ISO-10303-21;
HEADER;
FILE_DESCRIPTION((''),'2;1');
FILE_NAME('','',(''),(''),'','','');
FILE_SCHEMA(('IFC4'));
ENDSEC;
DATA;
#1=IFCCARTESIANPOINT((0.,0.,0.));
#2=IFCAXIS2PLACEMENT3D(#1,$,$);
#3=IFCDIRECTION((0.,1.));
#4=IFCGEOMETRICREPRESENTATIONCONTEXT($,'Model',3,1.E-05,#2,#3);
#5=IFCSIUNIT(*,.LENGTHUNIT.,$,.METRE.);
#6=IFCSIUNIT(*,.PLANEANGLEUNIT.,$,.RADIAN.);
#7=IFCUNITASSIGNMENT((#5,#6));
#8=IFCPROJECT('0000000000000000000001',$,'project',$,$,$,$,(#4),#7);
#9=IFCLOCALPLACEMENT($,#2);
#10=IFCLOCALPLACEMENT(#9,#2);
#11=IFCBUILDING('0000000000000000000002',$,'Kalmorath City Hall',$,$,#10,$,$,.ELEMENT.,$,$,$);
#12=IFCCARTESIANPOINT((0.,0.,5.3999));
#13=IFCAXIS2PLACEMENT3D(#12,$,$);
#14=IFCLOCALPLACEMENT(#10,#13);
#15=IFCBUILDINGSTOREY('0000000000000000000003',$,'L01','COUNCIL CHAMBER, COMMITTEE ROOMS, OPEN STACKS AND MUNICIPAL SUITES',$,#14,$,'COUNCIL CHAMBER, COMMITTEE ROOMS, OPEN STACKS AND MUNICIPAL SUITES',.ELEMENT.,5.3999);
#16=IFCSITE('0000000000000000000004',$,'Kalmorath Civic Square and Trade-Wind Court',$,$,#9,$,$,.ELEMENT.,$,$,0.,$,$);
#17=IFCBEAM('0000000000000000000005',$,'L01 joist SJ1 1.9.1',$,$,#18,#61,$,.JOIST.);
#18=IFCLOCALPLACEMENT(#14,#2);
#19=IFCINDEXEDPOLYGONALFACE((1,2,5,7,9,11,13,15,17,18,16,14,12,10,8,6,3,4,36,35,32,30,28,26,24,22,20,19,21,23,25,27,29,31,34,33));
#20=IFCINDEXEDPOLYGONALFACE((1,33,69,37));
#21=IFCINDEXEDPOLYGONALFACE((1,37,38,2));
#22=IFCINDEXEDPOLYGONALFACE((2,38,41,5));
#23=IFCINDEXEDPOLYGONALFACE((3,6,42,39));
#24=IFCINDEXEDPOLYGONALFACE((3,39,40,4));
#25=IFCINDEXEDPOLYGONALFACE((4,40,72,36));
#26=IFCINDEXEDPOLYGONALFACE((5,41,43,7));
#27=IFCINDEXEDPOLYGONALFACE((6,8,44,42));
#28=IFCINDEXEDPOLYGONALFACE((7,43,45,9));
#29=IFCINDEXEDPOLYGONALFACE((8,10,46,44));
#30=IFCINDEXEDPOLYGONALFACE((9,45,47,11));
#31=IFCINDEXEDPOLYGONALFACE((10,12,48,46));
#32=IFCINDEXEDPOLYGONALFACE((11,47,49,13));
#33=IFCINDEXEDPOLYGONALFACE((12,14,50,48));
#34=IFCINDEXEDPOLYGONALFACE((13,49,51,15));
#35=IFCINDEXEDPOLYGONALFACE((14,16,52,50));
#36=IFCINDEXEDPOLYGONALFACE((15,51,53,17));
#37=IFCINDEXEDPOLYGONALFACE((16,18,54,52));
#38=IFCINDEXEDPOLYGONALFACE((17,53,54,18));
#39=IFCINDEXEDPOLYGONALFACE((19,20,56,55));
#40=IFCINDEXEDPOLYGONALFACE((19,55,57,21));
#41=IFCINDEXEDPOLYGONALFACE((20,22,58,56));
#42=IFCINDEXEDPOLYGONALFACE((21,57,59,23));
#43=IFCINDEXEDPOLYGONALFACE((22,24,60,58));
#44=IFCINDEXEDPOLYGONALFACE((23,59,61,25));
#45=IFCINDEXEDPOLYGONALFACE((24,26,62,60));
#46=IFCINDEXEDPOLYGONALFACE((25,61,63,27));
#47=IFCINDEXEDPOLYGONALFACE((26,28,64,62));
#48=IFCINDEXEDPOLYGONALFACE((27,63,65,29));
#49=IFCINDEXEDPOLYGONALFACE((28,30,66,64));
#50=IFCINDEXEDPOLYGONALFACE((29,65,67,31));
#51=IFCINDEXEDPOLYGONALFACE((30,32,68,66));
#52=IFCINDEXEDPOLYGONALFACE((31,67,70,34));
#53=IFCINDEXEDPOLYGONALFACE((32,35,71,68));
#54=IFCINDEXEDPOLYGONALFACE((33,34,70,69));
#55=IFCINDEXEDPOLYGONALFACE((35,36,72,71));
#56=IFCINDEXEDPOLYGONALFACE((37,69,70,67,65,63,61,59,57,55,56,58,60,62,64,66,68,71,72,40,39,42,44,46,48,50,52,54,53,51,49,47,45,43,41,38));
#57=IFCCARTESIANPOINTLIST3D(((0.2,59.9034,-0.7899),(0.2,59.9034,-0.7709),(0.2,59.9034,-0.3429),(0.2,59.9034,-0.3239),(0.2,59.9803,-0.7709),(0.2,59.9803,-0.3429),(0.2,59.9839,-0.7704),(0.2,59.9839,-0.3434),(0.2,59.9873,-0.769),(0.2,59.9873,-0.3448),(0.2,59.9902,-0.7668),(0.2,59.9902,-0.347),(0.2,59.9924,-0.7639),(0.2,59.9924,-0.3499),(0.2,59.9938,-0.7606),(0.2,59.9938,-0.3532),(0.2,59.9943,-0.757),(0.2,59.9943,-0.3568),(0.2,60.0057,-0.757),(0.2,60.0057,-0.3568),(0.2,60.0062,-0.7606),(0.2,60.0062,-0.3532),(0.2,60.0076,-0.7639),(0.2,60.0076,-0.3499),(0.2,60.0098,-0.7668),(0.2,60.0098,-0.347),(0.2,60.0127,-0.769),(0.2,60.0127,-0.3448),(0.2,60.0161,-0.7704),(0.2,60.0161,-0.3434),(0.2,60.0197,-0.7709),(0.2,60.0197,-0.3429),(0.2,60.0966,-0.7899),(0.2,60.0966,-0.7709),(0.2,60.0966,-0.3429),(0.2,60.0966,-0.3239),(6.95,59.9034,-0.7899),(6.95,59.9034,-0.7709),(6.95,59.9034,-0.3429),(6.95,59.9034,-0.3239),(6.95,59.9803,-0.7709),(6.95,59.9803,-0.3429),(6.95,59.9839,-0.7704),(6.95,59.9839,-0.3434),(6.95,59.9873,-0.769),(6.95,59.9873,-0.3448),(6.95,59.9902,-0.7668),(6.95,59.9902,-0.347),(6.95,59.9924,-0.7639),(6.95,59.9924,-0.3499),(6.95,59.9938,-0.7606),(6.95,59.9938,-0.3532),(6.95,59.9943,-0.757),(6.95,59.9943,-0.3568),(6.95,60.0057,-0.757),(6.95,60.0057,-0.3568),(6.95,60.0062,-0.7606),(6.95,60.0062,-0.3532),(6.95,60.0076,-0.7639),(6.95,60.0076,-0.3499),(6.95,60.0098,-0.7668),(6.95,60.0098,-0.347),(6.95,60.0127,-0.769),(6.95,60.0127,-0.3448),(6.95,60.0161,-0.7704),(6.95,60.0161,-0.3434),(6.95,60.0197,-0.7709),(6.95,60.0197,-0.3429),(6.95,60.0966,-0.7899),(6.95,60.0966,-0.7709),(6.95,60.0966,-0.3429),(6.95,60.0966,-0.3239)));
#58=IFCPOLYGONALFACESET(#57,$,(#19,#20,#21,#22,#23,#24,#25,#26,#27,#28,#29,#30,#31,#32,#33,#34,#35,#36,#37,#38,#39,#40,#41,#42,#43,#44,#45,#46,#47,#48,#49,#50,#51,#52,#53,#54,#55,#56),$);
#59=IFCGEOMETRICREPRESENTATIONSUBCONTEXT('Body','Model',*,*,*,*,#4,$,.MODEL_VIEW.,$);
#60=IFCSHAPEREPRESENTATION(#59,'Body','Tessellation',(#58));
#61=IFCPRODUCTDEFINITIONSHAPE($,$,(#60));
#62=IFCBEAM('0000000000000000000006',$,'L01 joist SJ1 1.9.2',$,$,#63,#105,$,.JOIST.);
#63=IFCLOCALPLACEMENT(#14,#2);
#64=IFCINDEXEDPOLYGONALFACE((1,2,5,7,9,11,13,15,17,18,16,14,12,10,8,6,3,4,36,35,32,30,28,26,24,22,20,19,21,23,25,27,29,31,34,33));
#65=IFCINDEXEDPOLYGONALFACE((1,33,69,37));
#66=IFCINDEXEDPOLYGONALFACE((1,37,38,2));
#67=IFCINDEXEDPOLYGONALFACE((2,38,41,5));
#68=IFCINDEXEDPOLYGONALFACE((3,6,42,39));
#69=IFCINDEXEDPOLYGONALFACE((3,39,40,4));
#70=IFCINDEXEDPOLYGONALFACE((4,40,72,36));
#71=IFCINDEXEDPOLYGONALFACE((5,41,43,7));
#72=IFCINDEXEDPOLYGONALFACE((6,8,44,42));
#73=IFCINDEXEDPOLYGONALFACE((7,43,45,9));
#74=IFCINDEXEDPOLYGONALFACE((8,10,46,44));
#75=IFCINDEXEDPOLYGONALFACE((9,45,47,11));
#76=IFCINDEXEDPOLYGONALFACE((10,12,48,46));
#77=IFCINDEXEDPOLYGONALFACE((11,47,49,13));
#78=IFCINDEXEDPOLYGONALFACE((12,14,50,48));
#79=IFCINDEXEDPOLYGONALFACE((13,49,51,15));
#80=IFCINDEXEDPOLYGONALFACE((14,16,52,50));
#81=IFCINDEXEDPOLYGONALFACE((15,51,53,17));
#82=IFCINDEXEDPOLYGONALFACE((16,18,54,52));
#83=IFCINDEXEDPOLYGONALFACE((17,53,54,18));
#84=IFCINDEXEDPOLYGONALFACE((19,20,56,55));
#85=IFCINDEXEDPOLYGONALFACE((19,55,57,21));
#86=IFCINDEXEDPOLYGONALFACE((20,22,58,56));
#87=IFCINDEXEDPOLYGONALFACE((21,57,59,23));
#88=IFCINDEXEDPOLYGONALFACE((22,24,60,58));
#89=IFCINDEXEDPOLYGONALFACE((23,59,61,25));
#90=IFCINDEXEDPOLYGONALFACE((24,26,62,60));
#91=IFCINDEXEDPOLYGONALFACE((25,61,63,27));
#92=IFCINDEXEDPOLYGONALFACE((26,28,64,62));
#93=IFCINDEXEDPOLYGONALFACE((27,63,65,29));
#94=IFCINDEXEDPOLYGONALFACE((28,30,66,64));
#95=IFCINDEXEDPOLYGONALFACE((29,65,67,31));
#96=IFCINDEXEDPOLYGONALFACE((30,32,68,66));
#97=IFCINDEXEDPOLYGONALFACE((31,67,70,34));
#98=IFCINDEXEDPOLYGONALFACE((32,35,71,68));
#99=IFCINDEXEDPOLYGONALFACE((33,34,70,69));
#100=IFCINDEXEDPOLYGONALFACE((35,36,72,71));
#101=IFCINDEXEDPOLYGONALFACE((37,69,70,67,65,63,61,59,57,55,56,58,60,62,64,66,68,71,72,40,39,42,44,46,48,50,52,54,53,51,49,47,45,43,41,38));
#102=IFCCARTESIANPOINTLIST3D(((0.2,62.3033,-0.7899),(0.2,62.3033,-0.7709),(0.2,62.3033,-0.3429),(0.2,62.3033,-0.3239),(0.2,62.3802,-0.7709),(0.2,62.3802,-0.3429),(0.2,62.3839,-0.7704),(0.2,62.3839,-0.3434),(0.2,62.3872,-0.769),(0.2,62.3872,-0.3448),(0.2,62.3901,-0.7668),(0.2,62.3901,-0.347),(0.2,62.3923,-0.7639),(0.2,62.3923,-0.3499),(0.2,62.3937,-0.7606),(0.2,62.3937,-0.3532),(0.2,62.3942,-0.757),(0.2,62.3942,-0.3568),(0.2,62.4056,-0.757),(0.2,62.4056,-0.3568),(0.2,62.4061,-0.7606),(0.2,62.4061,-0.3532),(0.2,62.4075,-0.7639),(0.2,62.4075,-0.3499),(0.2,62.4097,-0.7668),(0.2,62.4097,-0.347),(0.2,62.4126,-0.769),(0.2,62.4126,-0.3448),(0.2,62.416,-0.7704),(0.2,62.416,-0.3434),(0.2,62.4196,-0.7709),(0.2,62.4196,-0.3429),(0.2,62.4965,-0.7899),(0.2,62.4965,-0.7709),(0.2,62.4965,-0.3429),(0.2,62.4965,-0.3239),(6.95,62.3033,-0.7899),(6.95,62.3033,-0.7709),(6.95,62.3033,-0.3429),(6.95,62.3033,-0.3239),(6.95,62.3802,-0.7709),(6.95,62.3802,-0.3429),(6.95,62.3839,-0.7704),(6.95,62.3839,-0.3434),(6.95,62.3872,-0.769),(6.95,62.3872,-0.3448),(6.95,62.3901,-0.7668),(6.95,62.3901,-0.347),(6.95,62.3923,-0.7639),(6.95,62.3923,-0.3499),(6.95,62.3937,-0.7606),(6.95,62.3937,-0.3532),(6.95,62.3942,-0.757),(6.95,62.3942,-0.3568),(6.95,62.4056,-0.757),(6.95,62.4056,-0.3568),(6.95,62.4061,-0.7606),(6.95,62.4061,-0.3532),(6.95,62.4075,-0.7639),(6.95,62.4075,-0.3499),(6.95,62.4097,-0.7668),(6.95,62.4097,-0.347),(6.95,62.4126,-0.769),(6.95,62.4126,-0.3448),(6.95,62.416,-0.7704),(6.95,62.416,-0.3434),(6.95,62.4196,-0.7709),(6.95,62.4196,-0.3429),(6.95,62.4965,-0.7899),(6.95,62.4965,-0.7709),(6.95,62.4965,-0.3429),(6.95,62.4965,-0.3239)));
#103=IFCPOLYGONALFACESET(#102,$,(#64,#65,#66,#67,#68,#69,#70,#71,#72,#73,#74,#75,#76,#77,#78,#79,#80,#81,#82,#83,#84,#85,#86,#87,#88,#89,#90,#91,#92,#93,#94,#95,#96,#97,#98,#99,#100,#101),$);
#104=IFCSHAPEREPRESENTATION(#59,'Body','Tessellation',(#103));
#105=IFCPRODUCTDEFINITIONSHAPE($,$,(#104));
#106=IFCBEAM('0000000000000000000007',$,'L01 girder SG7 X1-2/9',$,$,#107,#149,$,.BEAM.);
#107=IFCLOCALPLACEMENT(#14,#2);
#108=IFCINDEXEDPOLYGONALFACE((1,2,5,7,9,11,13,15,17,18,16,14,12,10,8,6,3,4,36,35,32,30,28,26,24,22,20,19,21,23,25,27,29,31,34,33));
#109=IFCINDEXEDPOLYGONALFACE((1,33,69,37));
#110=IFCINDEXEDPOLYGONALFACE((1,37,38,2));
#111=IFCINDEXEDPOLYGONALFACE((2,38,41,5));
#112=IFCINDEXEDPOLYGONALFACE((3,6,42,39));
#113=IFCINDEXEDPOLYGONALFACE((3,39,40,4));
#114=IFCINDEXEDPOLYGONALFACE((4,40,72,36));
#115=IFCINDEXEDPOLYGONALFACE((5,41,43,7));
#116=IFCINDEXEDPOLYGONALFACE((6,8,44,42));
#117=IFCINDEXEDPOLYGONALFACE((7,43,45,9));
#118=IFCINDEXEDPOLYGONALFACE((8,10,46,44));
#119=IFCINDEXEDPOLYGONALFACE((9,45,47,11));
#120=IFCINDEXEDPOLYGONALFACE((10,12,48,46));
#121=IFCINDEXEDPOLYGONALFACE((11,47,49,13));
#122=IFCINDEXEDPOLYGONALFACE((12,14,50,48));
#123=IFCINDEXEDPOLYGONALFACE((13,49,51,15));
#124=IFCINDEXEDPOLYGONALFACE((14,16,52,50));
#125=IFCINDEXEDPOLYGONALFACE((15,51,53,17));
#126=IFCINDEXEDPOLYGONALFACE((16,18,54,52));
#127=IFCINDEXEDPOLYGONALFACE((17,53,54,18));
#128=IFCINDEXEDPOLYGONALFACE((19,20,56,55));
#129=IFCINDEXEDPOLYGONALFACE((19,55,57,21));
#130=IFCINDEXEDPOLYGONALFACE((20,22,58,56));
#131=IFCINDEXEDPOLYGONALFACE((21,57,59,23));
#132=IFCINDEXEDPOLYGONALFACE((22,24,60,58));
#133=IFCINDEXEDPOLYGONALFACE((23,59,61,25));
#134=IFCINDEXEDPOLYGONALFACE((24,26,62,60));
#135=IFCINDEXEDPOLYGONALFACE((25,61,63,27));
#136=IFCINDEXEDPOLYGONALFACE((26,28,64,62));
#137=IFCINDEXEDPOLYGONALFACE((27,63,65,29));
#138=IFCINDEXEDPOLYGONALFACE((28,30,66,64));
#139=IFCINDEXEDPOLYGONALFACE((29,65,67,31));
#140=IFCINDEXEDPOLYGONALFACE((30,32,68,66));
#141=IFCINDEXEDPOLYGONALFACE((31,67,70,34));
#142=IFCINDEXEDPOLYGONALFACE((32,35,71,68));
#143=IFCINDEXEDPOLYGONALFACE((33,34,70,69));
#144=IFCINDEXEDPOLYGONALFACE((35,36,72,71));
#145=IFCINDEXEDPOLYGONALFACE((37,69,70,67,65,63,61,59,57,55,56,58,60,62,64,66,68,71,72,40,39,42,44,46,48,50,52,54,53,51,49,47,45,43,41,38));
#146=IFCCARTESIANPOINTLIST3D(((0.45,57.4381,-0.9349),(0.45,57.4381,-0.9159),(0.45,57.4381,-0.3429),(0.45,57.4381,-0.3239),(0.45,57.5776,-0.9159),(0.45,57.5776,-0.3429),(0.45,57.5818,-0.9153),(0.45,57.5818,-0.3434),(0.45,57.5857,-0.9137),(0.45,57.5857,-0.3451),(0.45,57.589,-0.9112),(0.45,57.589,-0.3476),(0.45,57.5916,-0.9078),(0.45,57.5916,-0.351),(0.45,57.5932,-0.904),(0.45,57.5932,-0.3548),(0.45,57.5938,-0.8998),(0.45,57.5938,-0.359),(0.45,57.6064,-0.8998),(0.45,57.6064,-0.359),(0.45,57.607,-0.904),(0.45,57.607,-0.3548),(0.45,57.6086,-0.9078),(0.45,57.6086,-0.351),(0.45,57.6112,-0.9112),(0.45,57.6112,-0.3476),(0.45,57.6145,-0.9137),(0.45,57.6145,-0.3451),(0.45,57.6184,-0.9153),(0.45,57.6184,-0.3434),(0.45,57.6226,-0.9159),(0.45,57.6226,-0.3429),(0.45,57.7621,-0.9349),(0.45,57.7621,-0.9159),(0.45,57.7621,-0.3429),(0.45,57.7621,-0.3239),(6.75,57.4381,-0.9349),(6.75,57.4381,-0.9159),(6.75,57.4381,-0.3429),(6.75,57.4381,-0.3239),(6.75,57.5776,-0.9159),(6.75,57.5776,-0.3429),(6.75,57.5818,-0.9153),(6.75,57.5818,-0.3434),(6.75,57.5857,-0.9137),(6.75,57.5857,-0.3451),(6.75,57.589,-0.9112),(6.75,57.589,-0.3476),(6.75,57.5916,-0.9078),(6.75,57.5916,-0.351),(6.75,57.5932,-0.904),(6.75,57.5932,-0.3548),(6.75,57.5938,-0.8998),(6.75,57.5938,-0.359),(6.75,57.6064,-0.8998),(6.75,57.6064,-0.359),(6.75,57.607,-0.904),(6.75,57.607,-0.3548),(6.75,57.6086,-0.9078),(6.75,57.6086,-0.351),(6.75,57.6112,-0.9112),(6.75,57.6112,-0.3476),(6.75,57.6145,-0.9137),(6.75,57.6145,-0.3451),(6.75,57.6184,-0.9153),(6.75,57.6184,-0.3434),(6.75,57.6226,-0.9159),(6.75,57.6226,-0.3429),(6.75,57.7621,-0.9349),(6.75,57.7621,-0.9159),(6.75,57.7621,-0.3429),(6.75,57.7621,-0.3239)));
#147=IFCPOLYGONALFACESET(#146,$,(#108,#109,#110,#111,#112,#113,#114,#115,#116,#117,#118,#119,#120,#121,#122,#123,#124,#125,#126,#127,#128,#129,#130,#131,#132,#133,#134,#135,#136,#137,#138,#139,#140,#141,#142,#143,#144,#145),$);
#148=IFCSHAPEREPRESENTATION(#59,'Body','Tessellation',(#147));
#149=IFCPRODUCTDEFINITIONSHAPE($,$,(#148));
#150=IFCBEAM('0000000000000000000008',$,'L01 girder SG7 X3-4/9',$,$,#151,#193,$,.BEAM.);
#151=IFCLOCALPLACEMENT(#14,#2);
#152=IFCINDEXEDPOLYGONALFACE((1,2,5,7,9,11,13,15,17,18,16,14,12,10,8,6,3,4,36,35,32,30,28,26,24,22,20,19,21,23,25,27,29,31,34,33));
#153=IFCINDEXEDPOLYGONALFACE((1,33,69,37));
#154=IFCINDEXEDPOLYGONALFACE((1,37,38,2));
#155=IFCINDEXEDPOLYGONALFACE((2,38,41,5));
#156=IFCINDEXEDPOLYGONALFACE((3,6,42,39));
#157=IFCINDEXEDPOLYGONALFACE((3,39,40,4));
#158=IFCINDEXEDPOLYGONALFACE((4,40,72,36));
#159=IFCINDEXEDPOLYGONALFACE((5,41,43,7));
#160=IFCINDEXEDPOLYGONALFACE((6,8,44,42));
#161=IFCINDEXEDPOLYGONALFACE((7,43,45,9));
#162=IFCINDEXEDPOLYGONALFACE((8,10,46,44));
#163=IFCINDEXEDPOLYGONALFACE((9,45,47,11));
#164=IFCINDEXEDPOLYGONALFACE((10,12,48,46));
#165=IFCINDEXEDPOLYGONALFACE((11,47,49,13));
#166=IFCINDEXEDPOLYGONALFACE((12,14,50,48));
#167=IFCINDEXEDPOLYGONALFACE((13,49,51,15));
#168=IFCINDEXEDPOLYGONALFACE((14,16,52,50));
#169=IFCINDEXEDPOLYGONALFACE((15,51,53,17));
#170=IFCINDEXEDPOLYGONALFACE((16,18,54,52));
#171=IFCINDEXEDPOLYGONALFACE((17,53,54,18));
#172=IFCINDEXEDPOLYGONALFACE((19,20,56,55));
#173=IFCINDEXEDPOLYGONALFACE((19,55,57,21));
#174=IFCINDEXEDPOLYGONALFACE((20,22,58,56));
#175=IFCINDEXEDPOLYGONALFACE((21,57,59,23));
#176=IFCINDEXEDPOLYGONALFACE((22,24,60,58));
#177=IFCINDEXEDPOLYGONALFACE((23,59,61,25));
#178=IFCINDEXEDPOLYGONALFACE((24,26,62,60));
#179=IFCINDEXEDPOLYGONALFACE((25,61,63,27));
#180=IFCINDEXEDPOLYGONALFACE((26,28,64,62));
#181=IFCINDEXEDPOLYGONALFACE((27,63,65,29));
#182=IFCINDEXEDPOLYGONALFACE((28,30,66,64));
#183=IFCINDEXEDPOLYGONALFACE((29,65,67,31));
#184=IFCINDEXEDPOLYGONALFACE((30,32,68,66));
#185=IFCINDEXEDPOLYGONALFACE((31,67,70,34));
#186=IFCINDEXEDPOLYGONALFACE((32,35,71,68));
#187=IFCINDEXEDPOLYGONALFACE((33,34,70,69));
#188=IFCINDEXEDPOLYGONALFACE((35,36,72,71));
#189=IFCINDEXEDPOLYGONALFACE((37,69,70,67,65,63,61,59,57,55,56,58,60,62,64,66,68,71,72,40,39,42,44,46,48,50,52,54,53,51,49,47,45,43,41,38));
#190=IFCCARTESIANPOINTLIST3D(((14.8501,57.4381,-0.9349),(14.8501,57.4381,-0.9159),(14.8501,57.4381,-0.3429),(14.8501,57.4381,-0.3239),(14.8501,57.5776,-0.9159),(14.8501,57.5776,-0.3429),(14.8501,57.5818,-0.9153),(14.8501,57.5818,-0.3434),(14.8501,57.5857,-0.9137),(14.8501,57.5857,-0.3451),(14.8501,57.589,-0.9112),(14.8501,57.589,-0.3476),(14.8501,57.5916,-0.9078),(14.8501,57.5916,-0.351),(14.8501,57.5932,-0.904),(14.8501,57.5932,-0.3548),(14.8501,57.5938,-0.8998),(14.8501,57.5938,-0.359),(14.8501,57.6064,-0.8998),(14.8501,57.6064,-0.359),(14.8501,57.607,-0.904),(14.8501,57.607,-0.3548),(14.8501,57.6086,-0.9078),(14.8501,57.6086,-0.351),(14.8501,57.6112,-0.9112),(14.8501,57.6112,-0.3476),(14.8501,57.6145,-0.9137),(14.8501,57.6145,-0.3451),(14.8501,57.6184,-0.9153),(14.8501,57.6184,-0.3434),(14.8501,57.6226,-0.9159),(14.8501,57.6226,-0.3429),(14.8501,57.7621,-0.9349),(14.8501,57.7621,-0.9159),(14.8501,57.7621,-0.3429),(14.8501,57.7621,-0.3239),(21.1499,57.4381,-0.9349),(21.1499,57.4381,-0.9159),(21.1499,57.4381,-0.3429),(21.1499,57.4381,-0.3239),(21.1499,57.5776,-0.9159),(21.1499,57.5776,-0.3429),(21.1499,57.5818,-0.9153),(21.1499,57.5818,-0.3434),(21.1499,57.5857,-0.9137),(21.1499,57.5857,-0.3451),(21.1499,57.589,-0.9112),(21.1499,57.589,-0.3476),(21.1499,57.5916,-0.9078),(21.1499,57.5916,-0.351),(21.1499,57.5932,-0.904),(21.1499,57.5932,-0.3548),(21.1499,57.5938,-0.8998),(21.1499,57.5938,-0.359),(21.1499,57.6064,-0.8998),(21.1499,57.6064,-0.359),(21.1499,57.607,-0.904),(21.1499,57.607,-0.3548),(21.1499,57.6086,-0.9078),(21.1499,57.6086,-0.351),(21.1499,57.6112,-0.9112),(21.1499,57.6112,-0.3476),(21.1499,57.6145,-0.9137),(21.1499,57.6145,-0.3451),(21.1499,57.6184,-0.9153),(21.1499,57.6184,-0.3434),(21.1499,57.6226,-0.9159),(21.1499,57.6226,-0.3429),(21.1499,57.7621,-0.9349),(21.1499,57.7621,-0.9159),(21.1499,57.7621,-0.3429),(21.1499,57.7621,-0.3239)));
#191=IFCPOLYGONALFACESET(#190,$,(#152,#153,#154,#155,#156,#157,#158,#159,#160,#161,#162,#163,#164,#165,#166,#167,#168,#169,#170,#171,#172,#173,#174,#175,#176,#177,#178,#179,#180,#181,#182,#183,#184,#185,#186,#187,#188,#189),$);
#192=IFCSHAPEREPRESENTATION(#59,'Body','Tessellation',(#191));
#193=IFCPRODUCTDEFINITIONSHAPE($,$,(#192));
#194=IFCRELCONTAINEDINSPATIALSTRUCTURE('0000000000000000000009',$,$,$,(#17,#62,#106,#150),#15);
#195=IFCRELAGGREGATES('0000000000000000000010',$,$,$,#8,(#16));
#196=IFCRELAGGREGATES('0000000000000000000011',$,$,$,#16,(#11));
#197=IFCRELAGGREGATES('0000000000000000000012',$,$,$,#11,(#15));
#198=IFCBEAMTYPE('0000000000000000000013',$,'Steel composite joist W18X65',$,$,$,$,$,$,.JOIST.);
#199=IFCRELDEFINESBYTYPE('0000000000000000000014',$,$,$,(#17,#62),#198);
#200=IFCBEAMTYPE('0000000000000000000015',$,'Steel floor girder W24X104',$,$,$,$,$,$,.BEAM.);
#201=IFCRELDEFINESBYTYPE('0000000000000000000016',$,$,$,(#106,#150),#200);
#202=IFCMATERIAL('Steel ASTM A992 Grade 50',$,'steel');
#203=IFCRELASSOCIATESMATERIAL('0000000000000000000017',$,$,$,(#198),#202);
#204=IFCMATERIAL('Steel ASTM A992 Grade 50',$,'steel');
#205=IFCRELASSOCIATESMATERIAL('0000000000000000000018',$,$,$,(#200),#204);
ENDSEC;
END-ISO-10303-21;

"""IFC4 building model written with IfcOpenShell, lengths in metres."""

from ifc_helpers import new_model, si_unit, direction, frame, origin, origin_2d, place, context, subcontext, project, spatial, i_section, extrude, material, material_profile, profile_set, type_object, element, save


model = new_model("IFC4")

# Units and contexts
model_context = context("Model", 3, precision=1e-05, world=origin(), true_north=direction((0.0, 1.0)))
body_context = subcontext(model_context, "Body", "Model", "MODEL_VIEW")
ifc_project = project(units=[si_unit("LENGTHUNIT", "METRE"), si_unit("PLANEANGLEUNIT", "RADIAN")], contexts=[model_context])

# Site, building, storey
site_placement = place(None, origin())
site = spatial("IfcSite", under=ifc_project, at=site_placement, Name="Kalmorath Civic Square and Trade-Wind Court", CompositionType="ELEMENT", RefElevation=0.0)
building_placement = place(site_placement, origin())
building = spatial("IfcBuilding", under=site, at=building_placement, Name="Kalmorath City Hall", CompositionType="ELEMENT")
storey_placement = place(building_placement, frame((0.0, 0.0, 5.3999)))
storey = spatial("IfcBuildingStorey", under=building, at=storey_placement, Name="L01", Description="COUNCIL CHAMBER, COMMITTEE ROOMS, OPEN STACKS AND MUNICIPAL SUITES", LongName="COUNCIL CHAMBER, COMMITTEE ROOMS, OPEN STACKS AND MUNICIPAL SUITES", CompositionType="ELEMENT", Elevation=5.3999)

# Beams
ifc_material_1 = material(Name="Steel ASTM A992 Grade 50", Category="steel")
ifc_material_profile_1 = material_profile(ifc_material_1, i_section(OverallWidth=0.1931, OverallDepth=0.4661, WebThickness=0.0115, FlangeThickness=0.019, FilletRadius=0.0139, at=origin_2d()), Name="W18X65")
ifc_profile_set_1 = profile_set([ifc_material_profile_1], Name="Steel ASTM A992 Grade 50")
beam_type_1 = type_object("IfcBeamType", Name="Steel composite joist W18X65", PredefinedType="JOIST", material=ifc_profile_set_1)
for number, where, z_axis, x_axis, name in (
    (1, (0.2, 60.0, -0.5569), (1.0, 0.0, 0.0), (0.0, 1.0, 0.0), "L01 joist SJ1 1.9.1"),
    (2, (0.2, 62.3999, -0.5569), (1.0, 0.0, 0.0), (0.0, 1.0, 0.0), "L01 joist SJ1 1.9.2"),
):
    element("IfcBeam", number, at=place(storey_placement, frame(where, z_axis=z_axis, x_axis=x_axis)), inside=storey, type_object=beam_type_1, Name=name, PredefinedType="JOIST", context=body_context, shape_type="SweptSolid", body=[
        extrude(i_section(OverallWidth=0.1931, OverallDepth=0.4661, WebThickness=0.0115, FlangeThickness=0.019, FilletRadius=0.0139, at=origin_2d()), origin(), (0.0, 0.0, 1.0), 6.75),
    ])
ifc_material_2 = material(Name="Steel ASTM A992 Grade 50", Category="steel")
ifc_material_profile_2 = material_profile(ifc_material_2, i_section(OverallWidth=0.324, OverallDepth=0.6111, WebThickness=0.0127, FlangeThickness=0.019, FilletRadius=0.0161, at=origin_2d()), Name="W24X104")
ifc_profile_set_2 = profile_set([ifc_material_profile_2], Name="Steel ASTM A992 Grade 50")
beam_type_2 = type_object("IfcBeamType", Name="Steel floor girder W24X104", PredefinedType="BEAM", material=ifc_profile_set_2)
beam_1_placement = place(storey_placement, frame((0.45, 57.6001, -0.6294), z_axis=(1.0, 0.0, 0.0), x_axis=(0.0, 1.0, 0.0)))
element("IfcBeam", 3, at=beam_1_placement, inside=storey, type_object=beam_type_2, Name="L01 girder SG7 X1-2/9", PredefinedType="BEAM", context=body_context, shape_type="SweptSolid", body=[
    extrude(i_section(OverallWidth=0.324, OverallDepth=0.6111, WebThickness=0.0127, FlangeThickness=0.019, FilletRadius=0.0161, at=origin_2d()), origin(), (0.0, 0.0, 1.0), 6.3),
])
beam_2_placement = place(storey_placement, frame((14.8501, 57.6001, -0.6294), z_axis=(1.0, 0.0, 0.0), x_axis=(0.0, 1.0, 0.0)))
element("IfcBeam", 4, at=beam_2_placement, inside=storey, type_object=beam_type_2, Name="L01 girder SG7 X3-4/9", PredefinedType="BEAM", context=body_context, shape_type="SweptSolid", body=[
    extrude(i_section(OverallWidth=0.324, OverallDepth=0.6111, WebThickness=0.0127, FlangeThickness=0.019, FilletRadius=0.0161, at=origin_2d()), origin(), (0.0, 0.0, 1.0), 6.2998),
])

save(model, "model.ifc")
